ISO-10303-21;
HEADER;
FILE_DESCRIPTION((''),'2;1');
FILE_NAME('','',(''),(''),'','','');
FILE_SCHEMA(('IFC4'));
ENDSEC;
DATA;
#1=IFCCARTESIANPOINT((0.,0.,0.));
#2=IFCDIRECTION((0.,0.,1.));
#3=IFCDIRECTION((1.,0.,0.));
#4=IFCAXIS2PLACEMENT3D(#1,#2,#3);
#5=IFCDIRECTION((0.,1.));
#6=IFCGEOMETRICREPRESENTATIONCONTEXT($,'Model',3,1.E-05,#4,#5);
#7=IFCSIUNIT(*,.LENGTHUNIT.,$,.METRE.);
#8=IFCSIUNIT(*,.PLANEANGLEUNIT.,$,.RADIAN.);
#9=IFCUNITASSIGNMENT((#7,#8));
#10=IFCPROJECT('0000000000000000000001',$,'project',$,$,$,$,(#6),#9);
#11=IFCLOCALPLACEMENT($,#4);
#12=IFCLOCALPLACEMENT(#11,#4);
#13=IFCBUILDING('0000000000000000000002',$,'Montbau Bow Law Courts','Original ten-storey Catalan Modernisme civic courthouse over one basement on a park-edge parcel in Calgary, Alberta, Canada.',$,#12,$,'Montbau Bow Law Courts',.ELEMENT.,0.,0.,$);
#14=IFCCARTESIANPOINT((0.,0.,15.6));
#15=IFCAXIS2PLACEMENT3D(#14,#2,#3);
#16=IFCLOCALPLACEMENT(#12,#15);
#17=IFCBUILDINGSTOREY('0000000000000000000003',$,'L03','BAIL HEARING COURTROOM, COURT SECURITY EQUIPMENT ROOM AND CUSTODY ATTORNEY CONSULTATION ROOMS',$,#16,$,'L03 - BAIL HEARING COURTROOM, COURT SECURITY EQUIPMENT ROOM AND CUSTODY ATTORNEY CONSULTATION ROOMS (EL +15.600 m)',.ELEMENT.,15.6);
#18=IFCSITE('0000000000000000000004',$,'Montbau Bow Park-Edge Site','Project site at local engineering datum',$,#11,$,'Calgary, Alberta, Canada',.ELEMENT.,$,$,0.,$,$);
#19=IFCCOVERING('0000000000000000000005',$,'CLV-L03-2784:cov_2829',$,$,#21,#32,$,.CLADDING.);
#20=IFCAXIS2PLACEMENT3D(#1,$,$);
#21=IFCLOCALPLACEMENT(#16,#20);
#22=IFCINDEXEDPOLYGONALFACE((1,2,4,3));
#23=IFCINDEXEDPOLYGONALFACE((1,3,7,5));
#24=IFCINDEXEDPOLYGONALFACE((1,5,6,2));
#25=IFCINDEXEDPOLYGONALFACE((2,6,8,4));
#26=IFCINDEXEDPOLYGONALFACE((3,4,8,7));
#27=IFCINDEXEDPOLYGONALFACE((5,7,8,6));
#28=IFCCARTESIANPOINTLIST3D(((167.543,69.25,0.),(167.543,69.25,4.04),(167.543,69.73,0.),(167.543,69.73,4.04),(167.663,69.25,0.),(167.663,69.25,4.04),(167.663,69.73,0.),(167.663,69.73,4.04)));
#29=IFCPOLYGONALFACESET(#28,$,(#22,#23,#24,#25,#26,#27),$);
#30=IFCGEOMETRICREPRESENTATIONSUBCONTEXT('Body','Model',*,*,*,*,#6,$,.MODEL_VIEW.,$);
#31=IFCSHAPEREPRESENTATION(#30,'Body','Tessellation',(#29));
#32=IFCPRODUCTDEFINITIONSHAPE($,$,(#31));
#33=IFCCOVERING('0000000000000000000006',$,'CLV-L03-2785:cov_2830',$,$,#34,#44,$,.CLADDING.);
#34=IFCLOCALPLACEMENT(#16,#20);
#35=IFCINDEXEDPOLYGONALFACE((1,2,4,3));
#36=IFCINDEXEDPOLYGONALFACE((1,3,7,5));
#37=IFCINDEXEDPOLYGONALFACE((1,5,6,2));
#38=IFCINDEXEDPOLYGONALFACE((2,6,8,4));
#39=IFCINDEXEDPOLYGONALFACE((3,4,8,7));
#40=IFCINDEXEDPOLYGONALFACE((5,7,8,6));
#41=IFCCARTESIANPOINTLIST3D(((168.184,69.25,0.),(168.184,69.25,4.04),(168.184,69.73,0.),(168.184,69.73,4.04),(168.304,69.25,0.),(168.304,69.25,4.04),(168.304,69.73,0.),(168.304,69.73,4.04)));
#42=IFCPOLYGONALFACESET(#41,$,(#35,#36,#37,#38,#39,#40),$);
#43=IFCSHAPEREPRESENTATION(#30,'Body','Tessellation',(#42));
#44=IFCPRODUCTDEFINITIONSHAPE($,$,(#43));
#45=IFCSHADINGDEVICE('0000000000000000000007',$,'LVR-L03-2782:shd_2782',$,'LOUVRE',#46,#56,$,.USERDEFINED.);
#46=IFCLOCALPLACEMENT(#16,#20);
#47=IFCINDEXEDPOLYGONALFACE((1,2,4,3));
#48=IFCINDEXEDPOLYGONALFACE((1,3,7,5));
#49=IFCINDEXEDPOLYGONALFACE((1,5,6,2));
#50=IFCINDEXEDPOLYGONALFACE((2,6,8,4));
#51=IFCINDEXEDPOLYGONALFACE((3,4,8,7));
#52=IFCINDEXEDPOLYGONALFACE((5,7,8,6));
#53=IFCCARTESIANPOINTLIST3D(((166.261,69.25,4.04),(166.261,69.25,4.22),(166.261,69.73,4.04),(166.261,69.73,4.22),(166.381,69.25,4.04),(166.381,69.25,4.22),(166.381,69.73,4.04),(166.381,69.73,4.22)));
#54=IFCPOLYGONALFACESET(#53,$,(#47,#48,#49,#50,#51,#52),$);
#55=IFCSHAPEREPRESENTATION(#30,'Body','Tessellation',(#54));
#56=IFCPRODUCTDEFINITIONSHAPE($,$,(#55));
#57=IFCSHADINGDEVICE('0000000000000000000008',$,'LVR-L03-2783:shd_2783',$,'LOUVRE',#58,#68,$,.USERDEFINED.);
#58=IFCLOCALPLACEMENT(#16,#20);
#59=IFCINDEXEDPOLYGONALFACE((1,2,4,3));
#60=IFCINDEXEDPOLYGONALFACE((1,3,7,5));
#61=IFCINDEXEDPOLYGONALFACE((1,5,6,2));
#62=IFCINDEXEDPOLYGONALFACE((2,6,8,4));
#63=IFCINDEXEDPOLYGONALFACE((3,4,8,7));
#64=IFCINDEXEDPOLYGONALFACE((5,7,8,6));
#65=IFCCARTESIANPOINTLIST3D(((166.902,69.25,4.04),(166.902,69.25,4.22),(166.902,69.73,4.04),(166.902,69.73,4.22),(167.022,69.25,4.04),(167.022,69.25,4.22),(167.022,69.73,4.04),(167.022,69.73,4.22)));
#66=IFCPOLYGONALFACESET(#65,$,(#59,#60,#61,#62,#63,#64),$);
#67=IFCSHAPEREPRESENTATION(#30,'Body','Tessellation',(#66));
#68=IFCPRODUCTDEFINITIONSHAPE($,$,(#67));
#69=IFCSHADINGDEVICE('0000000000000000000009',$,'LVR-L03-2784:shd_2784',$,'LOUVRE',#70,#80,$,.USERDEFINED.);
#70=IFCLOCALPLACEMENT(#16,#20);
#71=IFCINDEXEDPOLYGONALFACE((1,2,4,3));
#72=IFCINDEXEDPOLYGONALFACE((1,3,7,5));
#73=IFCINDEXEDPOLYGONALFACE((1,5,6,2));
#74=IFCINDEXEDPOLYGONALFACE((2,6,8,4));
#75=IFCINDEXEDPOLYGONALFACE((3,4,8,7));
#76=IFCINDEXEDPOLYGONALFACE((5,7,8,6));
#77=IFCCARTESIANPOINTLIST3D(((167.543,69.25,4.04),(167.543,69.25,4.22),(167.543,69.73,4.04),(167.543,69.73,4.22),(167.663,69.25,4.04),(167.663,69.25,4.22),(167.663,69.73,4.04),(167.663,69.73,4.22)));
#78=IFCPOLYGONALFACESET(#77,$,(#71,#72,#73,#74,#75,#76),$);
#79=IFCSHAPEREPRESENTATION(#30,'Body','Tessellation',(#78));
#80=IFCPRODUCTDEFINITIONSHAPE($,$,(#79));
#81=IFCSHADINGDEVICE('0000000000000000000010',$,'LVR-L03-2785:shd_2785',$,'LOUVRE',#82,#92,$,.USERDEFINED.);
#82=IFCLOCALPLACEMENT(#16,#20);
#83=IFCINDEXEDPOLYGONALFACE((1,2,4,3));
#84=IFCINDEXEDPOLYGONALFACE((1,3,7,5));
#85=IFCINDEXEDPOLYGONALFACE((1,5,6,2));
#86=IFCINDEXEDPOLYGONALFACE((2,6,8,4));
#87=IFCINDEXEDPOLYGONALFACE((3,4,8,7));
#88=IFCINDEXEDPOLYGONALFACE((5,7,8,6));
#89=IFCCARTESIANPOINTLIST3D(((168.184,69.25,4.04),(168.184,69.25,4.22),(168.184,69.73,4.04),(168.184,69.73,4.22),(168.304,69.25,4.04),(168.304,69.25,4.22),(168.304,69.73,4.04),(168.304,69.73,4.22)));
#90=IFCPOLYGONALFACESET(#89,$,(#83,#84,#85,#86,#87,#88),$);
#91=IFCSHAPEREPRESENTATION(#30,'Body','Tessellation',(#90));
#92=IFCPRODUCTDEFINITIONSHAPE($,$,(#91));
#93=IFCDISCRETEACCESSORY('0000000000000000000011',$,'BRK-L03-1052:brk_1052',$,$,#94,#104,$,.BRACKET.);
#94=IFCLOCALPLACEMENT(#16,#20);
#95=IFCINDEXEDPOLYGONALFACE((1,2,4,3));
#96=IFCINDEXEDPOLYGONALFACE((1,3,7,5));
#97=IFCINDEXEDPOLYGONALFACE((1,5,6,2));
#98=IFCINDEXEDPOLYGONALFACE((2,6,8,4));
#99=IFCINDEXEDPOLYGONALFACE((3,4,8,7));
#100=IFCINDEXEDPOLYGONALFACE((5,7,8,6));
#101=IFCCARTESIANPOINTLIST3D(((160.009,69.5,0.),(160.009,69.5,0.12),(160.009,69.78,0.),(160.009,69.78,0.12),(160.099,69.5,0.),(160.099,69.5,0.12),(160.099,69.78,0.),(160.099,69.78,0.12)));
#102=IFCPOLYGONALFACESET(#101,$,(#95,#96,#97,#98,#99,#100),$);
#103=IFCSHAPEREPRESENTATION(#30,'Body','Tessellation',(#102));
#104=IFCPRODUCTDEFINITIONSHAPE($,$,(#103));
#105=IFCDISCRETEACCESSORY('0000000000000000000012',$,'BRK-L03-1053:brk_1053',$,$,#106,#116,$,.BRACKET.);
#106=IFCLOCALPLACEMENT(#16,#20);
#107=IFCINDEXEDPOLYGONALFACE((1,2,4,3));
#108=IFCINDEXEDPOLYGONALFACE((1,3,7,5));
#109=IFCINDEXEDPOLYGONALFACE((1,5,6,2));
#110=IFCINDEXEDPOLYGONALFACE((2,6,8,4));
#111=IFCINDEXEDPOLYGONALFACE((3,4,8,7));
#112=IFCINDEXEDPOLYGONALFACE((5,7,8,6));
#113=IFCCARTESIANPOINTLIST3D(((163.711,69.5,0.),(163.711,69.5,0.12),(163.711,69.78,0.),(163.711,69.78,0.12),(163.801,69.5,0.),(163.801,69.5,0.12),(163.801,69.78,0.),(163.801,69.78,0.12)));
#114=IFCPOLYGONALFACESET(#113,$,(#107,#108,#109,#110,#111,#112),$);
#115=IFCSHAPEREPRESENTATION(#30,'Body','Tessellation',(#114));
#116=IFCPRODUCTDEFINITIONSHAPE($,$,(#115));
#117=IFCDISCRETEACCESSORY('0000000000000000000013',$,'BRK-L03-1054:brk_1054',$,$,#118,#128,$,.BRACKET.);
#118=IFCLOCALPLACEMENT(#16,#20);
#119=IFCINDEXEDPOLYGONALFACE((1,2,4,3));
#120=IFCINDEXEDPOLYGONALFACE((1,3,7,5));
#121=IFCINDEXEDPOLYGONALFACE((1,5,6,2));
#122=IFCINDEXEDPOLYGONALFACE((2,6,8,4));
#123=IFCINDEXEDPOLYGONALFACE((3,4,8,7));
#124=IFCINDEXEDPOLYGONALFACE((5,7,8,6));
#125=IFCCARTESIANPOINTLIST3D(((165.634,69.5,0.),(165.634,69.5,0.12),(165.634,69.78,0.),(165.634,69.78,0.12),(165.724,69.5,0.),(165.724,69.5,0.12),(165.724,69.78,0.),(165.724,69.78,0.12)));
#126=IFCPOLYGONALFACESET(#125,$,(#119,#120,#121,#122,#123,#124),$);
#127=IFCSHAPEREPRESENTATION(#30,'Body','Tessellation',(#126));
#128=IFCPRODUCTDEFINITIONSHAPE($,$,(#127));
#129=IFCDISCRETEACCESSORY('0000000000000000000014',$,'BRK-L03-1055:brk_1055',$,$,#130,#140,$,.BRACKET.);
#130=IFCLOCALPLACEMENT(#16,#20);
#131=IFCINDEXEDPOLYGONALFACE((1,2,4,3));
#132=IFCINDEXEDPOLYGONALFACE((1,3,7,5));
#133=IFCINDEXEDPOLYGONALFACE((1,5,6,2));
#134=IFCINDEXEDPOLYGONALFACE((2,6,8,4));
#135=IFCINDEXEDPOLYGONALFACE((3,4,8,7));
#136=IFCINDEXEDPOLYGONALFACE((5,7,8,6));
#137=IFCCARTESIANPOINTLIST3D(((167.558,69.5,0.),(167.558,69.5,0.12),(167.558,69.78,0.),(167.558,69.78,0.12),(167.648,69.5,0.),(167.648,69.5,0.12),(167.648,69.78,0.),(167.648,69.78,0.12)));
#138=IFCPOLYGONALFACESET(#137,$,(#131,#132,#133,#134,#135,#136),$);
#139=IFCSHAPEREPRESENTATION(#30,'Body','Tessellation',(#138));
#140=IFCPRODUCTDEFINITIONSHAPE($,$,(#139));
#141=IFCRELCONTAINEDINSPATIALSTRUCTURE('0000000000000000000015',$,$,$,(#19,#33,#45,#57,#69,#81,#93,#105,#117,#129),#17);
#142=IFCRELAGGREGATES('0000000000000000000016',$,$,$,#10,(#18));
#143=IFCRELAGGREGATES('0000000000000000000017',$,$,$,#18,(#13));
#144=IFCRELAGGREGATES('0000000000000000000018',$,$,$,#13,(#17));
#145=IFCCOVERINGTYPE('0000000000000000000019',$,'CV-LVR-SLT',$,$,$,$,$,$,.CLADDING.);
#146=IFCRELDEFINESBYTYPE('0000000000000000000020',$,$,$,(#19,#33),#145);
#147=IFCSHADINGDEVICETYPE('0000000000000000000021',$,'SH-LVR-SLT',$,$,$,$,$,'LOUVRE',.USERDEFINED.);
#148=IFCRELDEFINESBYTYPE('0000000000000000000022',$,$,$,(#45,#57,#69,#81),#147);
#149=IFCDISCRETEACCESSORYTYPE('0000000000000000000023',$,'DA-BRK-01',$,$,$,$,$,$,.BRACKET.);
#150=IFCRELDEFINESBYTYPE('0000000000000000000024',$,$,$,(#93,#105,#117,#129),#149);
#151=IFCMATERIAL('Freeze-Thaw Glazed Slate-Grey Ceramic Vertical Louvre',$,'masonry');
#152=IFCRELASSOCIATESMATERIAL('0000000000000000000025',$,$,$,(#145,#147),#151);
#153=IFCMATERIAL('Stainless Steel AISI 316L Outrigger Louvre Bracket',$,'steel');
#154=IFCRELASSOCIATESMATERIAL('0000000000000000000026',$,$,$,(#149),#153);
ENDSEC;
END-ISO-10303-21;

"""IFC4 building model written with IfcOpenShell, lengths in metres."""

from ifc_helpers import new_model, si_unit, direction, frame, frame_2d, origin_with_axes, origin_2d_with_axis, place, context, subcontext, project, spatial, rectangle, extrude, material, type_object, element, save


model = new_model("IFC4")

# Units and contexts
model_context = context("Model", 3, precision=1e-05, world=origin_with_axes(), true_north=direction((0.0, 1.0)))
body_context = subcontext(model_context, "Body", "Model", "MODEL_VIEW")
ifc_project = project(units=[si_unit("LENGTHUNIT", "METRE"), si_unit("PLANEANGLEUNIT", "RADIAN")], contexts=[model_context])

# Site, building, storey
site_placement = place(None, origin_with_axes())
site = spatial("IfcSite", under=ifc_project, at=site_placement, Name="Montbau Bow Park-Edge Site", Description="Project site at local engineering datum", LongName="Calgary, Alberta, Canada", CompositionType="ELEMENT", RefElevation=0.0)
building_placement = place(site_placement, origin_with_axes())
building = spatial("IfcBuilding", under=site, at=building_placement, Name="Montbau Bow Law Courts", Description="Original ten-storey Catalan Modernisme civic courthouse over one basement on a park-edge parcel in Calgary, Alberta, Canada.", LongName="Montbau Bow Law Courts", CompositionType="ELEMENT", ElevationOfRefHeight=0.0, ElevationOfTerrain=0.0)
storey_placement = place(building_placement, frame((0.0, 0.0, 15.6), z_axis=(0.0, 0.0, 1.0), x_axis=(1.0, 0.0, 0.0)))
storey = spatial("IfcBuildingStorey", under=building, at=storey_placement, Name="L03", Description="BAIL HEARING COURTROOM, COURT SECURITY EQUIPMENT ROOM AND CUSTODY ATTORNEY CONSULTATION ROOMS", LongName="L03 - BAIL HEARING COURTROOM, COURT SECURITY EQUIPMENT ROOM AND CUSTODY ATTORNEY CONSULTATION ROOMS (EL +15.600 m)", CompositionType="ELEMENT", Elevation=15.6)

# Coverings
ifc_material_1 = material(Name="Freeze-Thaw Glazed Slate-Grey Ceramic Vertical Louvre", Category="masonry")
covering_type = type_object("IfcCoveringType", Name="CV-LVR-SLT", PredefinedType="CLADDING", material=ifc_material_1)
for number, where, z_axis, x_axis, name in (
    (1, (167.603, 69.73, 15.6), (-1.0, 0.0, 0.0), (0.0, -1.0, 0.0), "CLV-L03-2784:cov_2829"),
    (2, (168.244, 69.73, 15.6), (-1.0, 0.0, 0.0), (0.0, -1.0, 0.0), "CLV-L03-2785:cov_2830"),
):
    element("IfcCovering", number, at=place(None, frame(where, z_axis=z_axis, x_axis=x_axis)), inside=storey, type_object=covering_type, Name=name, PredefinedType="CLADDING", context=body_context, shape_type="SweptSolid", body=[
        extrude(rectangle(XDim=0.48, YDim=4.04, at=frame_2d((0.24, 2.02), x_axis=(1.0, 0.0))), frame((0.0, 0.0, -0.06), z_axis=(0.0, 0.0, 1.0), x_axis=(1.0, 0.0, 0.0)), (0.0, 0.0, 1.0), 0.12),
    ])

# Shading devices
shading_device_type = type_object("IfcShadingDeviceType", Name="SH-LVR-SLT", ElementType="LOUVRE", PredefinedType="USERDEFINED", material=ifc_material_1)
for number, where, z_axis, x_axis, name in (
    (3, (166.321, 69.49, 19.64), (0.0, 0.0, 1.0), (0.0, -1.0, 0.0), "LVR-L03-2782:shd_2782"),
    (4, (166.962, 69.49, 19.64), (0.0, 0.0, 1.0), (0.0, -1.0, 0.0), "LVR-L03-2783:shd_2783"),
    (5, (167.603, 69.49, 19.64), (0.0, 0.0, 1.0), (0.0, -1.0, 0.0), "LVR-L03-2784:shd_2784"),
    (6, (168.244, 69.49, 19.64), (0.0, 0.0, 1.0), (0.0, -1.0, 0.0), "LVR-L03-2785:shd_2785"),
):
    element("IfcShadingDevice", number, at=place(None, frame(where, z_axis=z_axis, x_axis=x_axis)), inside=storey, type_object=shading_device_type, Name=name, ObjectType="LOUVRE", PredefinedType="USERDEFINED", context=body_context, shape_type="SweptSolid", body=[
        extrude(rectangle(XDim=0.48, YDim=0.12, at=origin_2d_with_axis()), origin_with_axes(), (0.0, 0.0, 1.0), 0.18),
    ])

# Discrete accessories
ifc_material_2 = material(Name="Stainless Steel AISI 316L Outrigger Louvre Bracket", Category="steel")
discrete_accessory_type = type_object("IfcDiscreteAccessoryType", Name="DA-BRK-01", PredefinedType="BRACKET", material=ifc_material_2)
for number, where, z_axis, x_axis, name in (
    (7, (160.054, 69.64, 15.6), (0.0, 0.0, 1.0), (0.0, -1.0, 0.0), "BRK-L03-1052:brk_1052"),
    (8, (163.756, 69.64, 15.6), (0.0, 0.0, 1.0), (0.0, -1.0, 0.0), "BRK-L03-1053:brk_1053"),
    (9, (165.679, 69.64, 15.6), (0.0, 0.0, 1.0), (0.0, -1.0, 0.0), "BRK-L03-1054:brk_1054"),
    (10, (167.603, 69.64, 15.6), (0.0, 0.0, 1.0), (0.0, -1.0, 0.0), "BRK-L03-1055:brk_1055"),
):
    element("IfcDiscreteAccessory", number, at=place(None, frame(where, z_axis=z_axis, x_axis=x_axis)), inside=storey, type_object=discrete_accessory_type, Name=name, PredefinedType="BRACKET", context=body_context, shape_type="SweptSolid", body=[
        extrude(rectangle(XDim=0.28, YDim=0.09, at=origin_2d_with_axis()), origin_with_axes(), (0.0, 0.0, 1.0), 0.12),
    ])

save(model, "model.ifc")
